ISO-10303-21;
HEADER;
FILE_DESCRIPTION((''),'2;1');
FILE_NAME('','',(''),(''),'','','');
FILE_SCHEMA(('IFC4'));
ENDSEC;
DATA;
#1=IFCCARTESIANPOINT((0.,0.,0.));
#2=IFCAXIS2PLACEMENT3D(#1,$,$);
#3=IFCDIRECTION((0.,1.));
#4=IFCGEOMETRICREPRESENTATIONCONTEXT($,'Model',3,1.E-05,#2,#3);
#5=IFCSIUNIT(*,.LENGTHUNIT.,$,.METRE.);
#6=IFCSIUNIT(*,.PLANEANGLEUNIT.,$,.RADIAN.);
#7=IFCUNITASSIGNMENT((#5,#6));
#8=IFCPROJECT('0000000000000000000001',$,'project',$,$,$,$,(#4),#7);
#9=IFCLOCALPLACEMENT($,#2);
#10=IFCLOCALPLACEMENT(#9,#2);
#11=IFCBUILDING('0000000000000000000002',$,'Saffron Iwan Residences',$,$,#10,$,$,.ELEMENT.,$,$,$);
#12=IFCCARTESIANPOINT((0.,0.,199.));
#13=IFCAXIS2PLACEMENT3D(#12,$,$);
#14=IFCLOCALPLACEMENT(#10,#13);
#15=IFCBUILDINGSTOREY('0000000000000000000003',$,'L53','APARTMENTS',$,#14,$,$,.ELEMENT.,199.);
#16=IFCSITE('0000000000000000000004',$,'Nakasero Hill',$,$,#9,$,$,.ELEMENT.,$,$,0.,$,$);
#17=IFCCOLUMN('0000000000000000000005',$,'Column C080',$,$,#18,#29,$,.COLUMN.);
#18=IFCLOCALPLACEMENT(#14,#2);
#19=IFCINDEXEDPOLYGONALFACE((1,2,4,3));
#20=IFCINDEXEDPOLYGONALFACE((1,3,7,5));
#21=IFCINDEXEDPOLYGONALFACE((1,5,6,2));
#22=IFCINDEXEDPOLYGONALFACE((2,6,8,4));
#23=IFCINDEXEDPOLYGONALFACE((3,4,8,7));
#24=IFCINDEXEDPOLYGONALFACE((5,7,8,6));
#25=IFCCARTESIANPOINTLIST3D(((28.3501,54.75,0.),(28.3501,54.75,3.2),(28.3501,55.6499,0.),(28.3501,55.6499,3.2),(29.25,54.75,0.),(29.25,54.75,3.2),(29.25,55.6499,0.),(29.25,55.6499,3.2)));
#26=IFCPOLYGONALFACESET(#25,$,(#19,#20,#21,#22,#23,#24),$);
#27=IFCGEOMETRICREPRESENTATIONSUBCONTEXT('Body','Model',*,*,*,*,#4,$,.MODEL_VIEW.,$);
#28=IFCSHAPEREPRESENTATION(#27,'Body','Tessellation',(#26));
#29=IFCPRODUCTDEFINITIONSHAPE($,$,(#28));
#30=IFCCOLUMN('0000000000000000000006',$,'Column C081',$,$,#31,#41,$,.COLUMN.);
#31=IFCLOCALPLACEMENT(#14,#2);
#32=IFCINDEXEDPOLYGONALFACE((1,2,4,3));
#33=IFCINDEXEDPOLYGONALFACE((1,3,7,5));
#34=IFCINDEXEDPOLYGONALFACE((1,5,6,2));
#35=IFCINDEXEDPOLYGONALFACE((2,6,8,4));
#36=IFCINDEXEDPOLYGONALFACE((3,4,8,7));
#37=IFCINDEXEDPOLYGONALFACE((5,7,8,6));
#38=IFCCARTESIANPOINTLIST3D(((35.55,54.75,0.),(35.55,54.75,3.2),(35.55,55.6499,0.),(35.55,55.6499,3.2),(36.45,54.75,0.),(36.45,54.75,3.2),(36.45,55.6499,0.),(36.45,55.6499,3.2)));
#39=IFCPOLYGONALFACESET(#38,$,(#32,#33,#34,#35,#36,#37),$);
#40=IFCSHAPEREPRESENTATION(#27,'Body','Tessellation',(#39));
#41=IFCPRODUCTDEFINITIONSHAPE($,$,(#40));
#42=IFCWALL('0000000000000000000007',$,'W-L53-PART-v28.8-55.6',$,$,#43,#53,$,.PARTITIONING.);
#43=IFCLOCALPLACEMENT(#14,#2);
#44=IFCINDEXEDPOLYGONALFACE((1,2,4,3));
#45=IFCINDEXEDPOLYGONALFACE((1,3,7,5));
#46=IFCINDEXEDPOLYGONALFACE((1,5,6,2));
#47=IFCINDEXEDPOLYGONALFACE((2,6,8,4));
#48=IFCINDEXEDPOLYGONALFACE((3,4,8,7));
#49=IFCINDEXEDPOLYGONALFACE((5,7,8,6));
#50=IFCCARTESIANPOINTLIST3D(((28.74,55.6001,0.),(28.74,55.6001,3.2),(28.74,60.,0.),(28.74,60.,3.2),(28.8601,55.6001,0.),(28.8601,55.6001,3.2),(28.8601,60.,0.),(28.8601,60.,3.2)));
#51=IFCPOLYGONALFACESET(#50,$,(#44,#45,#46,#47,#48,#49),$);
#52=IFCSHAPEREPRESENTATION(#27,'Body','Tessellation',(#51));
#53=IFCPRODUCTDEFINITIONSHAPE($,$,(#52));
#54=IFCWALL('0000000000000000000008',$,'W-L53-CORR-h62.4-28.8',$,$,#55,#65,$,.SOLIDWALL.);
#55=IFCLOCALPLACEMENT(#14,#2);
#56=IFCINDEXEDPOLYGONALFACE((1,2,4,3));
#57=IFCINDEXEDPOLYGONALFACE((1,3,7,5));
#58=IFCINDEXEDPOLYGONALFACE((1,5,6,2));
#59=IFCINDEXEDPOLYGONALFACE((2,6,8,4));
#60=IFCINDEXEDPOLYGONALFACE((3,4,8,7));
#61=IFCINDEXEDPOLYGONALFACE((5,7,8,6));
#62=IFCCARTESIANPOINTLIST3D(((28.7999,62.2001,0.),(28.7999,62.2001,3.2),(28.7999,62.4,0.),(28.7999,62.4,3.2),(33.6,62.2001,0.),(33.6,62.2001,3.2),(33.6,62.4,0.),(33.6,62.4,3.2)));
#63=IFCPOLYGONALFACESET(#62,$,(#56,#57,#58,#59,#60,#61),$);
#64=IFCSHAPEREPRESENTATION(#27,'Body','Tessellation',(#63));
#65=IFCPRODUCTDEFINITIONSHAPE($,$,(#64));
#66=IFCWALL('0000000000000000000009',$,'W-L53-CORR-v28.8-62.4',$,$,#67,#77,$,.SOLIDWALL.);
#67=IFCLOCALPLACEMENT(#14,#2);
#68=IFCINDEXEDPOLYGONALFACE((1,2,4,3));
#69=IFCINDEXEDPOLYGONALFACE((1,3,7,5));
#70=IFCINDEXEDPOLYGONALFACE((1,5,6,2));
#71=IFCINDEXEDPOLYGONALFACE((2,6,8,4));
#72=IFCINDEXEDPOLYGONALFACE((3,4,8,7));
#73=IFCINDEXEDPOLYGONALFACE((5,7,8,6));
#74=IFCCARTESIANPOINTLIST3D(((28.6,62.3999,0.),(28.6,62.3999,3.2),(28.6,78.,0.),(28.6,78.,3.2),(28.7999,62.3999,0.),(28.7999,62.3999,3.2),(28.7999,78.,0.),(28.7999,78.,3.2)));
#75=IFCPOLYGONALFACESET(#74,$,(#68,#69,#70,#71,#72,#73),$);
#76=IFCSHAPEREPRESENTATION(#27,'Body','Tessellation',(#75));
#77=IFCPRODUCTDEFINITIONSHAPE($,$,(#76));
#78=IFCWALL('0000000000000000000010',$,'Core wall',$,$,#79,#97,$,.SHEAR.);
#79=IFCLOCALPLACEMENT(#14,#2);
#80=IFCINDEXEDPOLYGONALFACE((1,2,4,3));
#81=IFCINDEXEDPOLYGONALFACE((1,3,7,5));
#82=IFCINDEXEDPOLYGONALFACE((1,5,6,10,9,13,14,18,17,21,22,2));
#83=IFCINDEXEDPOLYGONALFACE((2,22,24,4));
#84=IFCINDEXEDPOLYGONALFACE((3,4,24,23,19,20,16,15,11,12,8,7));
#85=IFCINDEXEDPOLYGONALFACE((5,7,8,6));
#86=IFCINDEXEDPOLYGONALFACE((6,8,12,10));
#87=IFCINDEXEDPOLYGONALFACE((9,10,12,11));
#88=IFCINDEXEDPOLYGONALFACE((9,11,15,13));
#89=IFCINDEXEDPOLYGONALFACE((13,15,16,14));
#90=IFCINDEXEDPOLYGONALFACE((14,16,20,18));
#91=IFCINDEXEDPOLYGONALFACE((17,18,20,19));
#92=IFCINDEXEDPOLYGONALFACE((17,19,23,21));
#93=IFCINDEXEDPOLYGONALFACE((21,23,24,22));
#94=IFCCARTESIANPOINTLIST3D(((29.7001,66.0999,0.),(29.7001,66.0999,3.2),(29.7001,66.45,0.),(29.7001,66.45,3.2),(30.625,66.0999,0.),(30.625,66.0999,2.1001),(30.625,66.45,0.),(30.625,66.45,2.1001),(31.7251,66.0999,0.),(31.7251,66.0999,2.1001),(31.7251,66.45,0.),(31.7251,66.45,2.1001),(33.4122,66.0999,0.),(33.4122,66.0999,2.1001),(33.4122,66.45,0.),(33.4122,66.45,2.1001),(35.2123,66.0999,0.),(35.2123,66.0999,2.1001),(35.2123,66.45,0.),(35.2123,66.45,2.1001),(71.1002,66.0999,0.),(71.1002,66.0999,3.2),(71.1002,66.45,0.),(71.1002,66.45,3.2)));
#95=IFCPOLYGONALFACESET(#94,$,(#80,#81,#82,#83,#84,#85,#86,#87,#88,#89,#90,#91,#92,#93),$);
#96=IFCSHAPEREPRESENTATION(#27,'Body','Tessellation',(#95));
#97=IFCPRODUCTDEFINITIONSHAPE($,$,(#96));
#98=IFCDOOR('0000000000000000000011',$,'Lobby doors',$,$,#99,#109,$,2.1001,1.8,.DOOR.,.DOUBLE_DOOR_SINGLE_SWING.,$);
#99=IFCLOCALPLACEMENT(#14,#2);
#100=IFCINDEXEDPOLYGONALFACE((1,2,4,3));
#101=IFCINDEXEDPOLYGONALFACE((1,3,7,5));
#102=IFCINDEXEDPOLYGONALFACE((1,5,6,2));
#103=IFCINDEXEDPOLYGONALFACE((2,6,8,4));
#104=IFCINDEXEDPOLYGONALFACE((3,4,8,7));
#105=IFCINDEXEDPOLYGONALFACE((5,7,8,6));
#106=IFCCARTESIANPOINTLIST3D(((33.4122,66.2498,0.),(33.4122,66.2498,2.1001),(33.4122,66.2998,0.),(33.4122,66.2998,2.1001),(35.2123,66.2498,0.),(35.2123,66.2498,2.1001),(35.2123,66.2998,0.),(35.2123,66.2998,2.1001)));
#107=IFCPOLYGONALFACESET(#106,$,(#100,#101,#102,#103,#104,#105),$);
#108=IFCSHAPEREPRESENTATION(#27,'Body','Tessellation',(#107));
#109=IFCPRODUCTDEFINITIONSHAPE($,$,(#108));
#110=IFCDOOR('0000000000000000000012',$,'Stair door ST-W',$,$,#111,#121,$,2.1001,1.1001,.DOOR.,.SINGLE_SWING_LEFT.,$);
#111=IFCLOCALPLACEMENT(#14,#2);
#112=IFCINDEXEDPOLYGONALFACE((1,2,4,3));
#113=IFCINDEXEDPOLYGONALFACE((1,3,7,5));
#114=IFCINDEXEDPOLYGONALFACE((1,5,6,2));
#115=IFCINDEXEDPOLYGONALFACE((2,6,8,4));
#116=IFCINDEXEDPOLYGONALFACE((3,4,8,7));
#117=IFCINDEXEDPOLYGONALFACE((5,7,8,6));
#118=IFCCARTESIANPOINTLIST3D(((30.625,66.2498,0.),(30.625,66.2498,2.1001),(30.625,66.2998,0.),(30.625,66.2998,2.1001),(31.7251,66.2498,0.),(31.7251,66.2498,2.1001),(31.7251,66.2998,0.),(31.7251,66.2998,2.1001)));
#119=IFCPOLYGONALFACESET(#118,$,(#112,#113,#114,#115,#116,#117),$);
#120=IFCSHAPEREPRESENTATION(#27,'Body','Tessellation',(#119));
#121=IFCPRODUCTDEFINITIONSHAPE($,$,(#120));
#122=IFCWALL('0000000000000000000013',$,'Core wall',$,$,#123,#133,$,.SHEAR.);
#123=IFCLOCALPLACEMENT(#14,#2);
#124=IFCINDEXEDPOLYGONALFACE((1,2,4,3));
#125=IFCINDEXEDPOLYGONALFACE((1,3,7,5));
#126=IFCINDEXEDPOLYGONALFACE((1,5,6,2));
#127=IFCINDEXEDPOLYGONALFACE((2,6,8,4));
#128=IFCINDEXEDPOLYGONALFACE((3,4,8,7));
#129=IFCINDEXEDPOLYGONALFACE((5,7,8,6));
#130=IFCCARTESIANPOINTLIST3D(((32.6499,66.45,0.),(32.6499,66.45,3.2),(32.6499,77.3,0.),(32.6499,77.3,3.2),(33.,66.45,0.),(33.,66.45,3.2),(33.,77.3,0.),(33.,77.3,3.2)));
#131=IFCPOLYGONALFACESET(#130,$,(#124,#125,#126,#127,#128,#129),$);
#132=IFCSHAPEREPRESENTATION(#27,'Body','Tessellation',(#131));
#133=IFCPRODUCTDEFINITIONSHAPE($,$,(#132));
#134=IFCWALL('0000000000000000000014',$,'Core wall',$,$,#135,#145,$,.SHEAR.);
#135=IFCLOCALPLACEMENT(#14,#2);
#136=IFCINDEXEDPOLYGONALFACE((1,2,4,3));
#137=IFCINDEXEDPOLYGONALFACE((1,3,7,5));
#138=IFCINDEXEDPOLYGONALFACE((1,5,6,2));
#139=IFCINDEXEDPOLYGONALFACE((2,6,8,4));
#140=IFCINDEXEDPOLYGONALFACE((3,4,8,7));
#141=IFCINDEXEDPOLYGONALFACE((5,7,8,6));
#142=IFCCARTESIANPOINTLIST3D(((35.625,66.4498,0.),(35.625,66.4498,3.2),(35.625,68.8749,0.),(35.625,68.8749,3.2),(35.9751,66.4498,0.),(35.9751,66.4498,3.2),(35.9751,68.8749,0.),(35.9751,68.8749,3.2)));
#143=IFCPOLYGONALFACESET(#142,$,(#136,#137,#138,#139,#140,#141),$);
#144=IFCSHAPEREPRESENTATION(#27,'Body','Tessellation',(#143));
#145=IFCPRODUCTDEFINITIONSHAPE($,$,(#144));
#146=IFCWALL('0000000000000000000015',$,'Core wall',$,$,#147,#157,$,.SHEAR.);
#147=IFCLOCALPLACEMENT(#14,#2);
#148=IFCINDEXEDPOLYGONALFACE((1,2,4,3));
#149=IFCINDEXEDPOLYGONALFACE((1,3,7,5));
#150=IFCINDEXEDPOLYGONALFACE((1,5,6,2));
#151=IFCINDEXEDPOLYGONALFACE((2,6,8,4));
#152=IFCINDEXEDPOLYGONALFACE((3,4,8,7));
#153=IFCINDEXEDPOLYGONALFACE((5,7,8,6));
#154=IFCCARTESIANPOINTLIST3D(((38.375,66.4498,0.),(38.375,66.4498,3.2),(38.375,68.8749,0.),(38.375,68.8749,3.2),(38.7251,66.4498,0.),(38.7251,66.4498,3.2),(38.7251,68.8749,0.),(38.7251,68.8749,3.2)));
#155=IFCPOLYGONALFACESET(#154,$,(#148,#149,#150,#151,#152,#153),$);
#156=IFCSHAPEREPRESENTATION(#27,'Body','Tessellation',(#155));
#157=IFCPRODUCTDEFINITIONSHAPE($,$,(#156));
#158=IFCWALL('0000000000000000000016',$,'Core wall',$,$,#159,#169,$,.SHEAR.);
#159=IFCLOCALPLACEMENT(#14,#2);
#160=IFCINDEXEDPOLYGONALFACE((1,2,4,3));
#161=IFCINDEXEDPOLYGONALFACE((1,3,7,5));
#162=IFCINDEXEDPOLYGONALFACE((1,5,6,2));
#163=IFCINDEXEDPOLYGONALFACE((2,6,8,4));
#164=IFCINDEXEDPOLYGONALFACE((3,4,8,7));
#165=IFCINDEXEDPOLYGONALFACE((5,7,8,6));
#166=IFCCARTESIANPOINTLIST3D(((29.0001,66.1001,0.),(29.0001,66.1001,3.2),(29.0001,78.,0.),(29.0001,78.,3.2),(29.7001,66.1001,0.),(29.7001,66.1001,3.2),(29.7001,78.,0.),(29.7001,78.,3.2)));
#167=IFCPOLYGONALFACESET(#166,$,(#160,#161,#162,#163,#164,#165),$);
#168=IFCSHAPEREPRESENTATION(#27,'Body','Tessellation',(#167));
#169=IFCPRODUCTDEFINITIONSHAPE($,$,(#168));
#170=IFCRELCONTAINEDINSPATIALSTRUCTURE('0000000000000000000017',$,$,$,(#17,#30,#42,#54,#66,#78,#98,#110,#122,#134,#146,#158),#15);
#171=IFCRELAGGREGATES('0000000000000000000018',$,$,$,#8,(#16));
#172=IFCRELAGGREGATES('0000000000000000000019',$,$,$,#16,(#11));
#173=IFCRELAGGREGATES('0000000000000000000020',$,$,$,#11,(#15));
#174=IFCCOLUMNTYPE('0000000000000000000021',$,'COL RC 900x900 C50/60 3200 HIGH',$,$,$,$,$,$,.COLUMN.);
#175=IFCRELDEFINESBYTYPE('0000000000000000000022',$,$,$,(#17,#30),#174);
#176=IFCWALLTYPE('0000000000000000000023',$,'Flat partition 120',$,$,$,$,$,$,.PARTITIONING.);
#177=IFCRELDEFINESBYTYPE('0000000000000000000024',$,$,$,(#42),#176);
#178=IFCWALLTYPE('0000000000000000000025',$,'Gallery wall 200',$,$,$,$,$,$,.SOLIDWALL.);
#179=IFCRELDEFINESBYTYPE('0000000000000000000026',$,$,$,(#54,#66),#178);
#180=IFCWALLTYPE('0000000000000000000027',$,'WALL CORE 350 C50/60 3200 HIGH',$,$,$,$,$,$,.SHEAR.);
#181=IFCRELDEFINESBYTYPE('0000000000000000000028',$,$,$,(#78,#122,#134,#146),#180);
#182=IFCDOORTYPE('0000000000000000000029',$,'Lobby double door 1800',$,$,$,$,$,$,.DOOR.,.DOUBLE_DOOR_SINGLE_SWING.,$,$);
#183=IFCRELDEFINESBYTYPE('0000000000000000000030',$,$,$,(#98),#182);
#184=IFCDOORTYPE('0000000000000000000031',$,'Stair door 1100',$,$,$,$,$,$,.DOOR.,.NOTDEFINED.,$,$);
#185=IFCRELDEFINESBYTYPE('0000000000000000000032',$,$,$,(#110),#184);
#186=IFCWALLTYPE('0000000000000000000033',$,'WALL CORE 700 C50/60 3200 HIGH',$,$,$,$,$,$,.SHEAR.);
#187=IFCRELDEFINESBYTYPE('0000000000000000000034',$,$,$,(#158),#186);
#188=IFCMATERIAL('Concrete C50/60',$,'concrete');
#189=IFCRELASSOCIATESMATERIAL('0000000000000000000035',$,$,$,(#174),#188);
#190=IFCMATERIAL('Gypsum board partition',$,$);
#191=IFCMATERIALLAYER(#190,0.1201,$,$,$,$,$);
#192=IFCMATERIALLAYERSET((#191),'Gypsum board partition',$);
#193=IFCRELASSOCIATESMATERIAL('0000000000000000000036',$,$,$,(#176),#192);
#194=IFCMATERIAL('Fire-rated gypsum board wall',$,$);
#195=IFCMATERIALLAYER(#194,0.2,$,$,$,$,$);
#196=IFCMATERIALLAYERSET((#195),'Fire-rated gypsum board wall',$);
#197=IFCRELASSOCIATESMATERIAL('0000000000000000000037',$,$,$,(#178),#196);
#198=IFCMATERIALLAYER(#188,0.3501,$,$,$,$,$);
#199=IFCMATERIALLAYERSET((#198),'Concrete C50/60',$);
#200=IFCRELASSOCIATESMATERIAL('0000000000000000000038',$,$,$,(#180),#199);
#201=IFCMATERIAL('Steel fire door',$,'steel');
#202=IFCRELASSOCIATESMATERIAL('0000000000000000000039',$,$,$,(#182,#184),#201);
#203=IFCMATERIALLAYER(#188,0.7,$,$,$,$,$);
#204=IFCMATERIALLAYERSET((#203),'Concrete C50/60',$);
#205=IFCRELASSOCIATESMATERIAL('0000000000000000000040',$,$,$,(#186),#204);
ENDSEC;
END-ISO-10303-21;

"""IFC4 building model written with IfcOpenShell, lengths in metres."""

from ifc_helpers import new_model, si_unit, direction, frame, frame_2d, origin, origin_2d, place, context, subcontext, project, spatial, rectangle, extrude, source, transform, mapped, material, layer, layer_set, material_profile, profile_set, type_object, element, fill, save


model = new_model("IFC4")

# Units and contexts
model_context = context("Model", 3, precision=1e-05, world=origin(), true_north=direction((0.0, 1.0)))
body_context = subcontext(model_context, "Body", "Model", "MODEL_VIEW")
ifc_project = project(units=[si_unit("LENGTHUNIT", "METRE"), si_unit("PLANEANGLEUNIT", "RADIAN")], contexts=[model_context])

# Site, building, storey
site_placement = place(None, origin())
site = spatial("IfcSite", under=ifc_project, at=site_placement, Name="Nakasero Hill", CompositionType="ELEMENT", RefElevation=0.0)
building_placement = place(site_placement, origin())
building = spatial("IfcBuilding", under=site, at=building_placement, Name="Saffron Iwan Residences", CompositionType="ELEMENT")
storey_placement = place(building_placement, frame((0.0, 0.0, 199.0)))
storey = spatial("IfcBuildingStorey", under=building, at=storey_placement, Name="L53", Description="APARTMENTS", CompositionType="ELEMENT", Elevation=199.0)

# Columns
ifc_material_1 = material(Name="Concrete C50/60", Category="concrete")
ifc_material_profile = material_profile(ifc_material_1, rectangle(XDim=0.8999, YDim=0.8999, at=origin_2d()), Name="RC 900x900")
ifc_profile_set = profile_set([ifc_material_profile], Name="Concrete C50/60")
column_type = type_object("IfcColumnType", Name="COL RC 900x900 C50/60 3200 HIGH", PredefinedType="COLUMN", material=ifc_profile_set)
shared_shape = source(origin(), body_context, "Body", "SweptSolid", [
    extrude(rectangle(XDim=0.8999, YDim=0.8999, at=origin_2d()), origin(), (0.0, 0.0, 1.0), 3.2),
])
for number, where, z_axis, x_axis, name in (
    (1, (28.8, 55.2, 0.0), (0.0, 0.0, 1.0), (1.0, 0.0, 0.0), "Column C080"),
    (2, (36.0, 55.2, 0.0), (0.0, 0.0, 1.0), (1.0, 0.0, 0.0), "Column C081"),
):
    element("IfcColumn", number, at=place(storey_placement, frame(where, z_axis=z_axis, x_axis=x_axis)), inside=storey, type_object=column_type, Name=name, PredefinedType="COLUMN", context=body_context, shape_type="MappedRepresentation", body=[
        mapped(shared_shape, transform((0.0, 0.0, 0.0))),
    ])

# Walls
ifc_material_2 = material(Name="Gypsum board partition")
ifc_layer_1 = layer(ifc_material_2, 0.1201)
ifc_layer_set_1 = layer_set([ifc_layer_1], Name="Gypsum board partition")
wall_type_1 = type_object("IfcWallType", Name="Flat partition 120", PredefinedType="PARTITIONING", material=ifc_layer_set_1)
wall_1_placement = place(storey_placement, frame((28.8, 55.6001, 0.0), z_axis=(0.0, 0.0, 1.0), x_axis=(0.0, 1.0, 0.0)))
element("IfcWall", 3, at=wall_1_placement, inside=storey, type_object=wall_type_1, Name="W-L53-PART-v28.8-55.6", PredefinedType="PARTITIONING", context=body_context, shape_type="SweptSolid", body=[
    extrude(rectangle(XDim=4.3999, YDim=0.1201, at=frame_2d((2.2, 0.0))), origin(), (0.0, 0.0, 1.0), 3.2),
])
ifc_material_3 = material(Name="Fire-rated gypsum board wall")
ifc_layer_2 = layer(ifc_material_3, 0.2)
ifc_layer_set_2 = layer_set([ifc_layer_2], Name="Fire-rated gypsum board wall")
wall_type_2 = type_object("IfcWallType", Name="Gallery wall 200", PredefinedType="SOLIDWALL", material=ifc_layer_set_2)
wall_2_placement = place(storey_placement, frame((28.8, 62.3, 0.0), z_axis=(0.0, 0.0, 1.0), x_axis=(1.0, 0.0, 0.0)))
element("IfcWall", 4, at=wall_2_placement, inside=storey, type_object=wall_type_2, Name="W-L53-CORR-h62.4-28.8", PredefinedType="SOLIDWALL", context=body_context, shape_type="SweptSolid", body=[
    extrude(rectangle(XDim=4.8, YDim=0.2, at=frame_2d((2.3999, 0.0))), origin(), (0.0, 0.0, 1.0), 3.2),
])
wall_3_placement = place(storey_placement, frame((28.7, 62.3999, 0.0), z_axis=(0.0, 0.0, 1.0), x_axis=(0.0, 1.0, 0.0)))
element("IfcWall", 5, at=wall_3_placement, inside=storey, type_object=wall_type_2, Name="W-L53-CORR-v28.8-62.4", PredefinedType="SOLIDWALL", context=body_context, shape_type="SweptSolid", body=[
    extrude(rectangle(XDim=15.6001, YDim=0.2, at=frame_2d((7.8, 0.0))), origin(), (0.0, 0.0, 1.0), 3.2),
])

# Wall, openings, doors
ifc_layer_3 = layer(ifc_material_1, 0.3501)
ifc_layer_set_3 = layer_set([ifc_layer_3], Name="Concrete C50/60")
wall_type_3 = type_object("IfcWallType", Name="WALL CORE 350 C50/60 3200 HIGH", PredefinedType="SHEAR", material=ifc_layer_set_3)
wall_4_placement = place(storey_placement, frame((29.7, 66.2749, 0.0), z_axis=(0.0, 0.0, 1.0), x_axis=(1.0, 0.0, 0.0)))
wall_4 = element("IfcWall", 6, at=wall_4_placement, inside=storey, type_object=wall_type_3, Name="Core wall", PredefinedType="SHEAR", context=body_context, shape_type="SweptSolid", body=[
    extrude(rectangle(XDim=41.4001, YDim=0.3501, at=frame_2d((20.7002, 0.0))), origin(), (0.0, 0.0, 1.0), 3.2),
])
opening_1_placement = place(wall_4_placement, frame((0.925, 0.0, 0.0)))
opening_1 = element("IfcOpeningElement", 7, at=opening_1_placement, cuts=wall_4, PredefinedType="OPENING", context=body_context, shape_type="SweptSolid", body=[
    extrude(rectangle(XDim=1.1001, YDim=2.1001, at=frame_2d((0.55, 1.05))), frame((0.0, 0.1851, 0.0), z_axis=(0.0, -1.0, 0.0), x_axis=(1.0, 0.0, 0.0)), (0.0, 0.0, 1.0), 0.3701),
])
opening_2_placement = place(wall_4_placement, frame((3.7124, 0.0, 0.0)))
opening_2 = element("IfcOpeningElement", 8, at=opening_2_placement, cuts=wall_4, PredefinedType="OPENING", context=body_context, shape_type="SweptSolid", body=[
    extrude(rectangle(XDim=1.8, YDim=2.1001, at=frame_2d((0.8999, 1.05))), frame((0.0, 0.1851, 0.0), z_axis=(0.0, -1.0, 0.0), x_axis=(1.0, 0.0, 0.0)), (0.0, 0.0, 1.0), 0.3701),
])
ifc_material_4 = material(Name="Steel fire door", Category="steel")
door_type_1 = type_object("IfcDoorType", Name="Lobby double door 1800", OperationType="DOUBLE_DOOR_SINGLE_SWING", PredefinedType="DOOR", material=ifc_material_4)
door_1_placement = place(opening_2_placement, origin())
door_1 = element("IfcDoor", 9, at=door_1_placement, inside=storey, type_object=door_type_1, Name="Lobby doors", OperationType="DOUBLE_DOOR_SINGLE_SWING", OverallHeight=2.1001, OverallWidth=1.8, PredefinedType="DOOR", context=body_context, shape_type="SweptSolid", body=[
    extrude(rectangle(XDim=1.8, YDim=2.1001, at=frame_2d((0.8999, 1.05))), frame((0.0, 0.0249, 0.0), z_axis=(0.0, -1.0, 0.0), x_axis=(1.0, 0.0, 0.0)), (0.0, 0.0, 1.0), 0.05),
])
fill(opening_2, door_1)
door_type_2 = type_object("IfcDoorType", Name="Stair door 1100", OperationType="NOTDEFINED", PredefinedType="DOOR", material=ifc_material_4)
door_2_placement = place(opening_1_placement, origin())
door_2 = element("IfcDoor", 10, at=door_2_placement, inside=storey, type_object=door_type_2, Name="Stair door ST-W", OperationType="SINGLE_SWING_LEFT", OverallHeight=2.1001, OverallWidth=1.1001, PredefinedType="DOOR", context=body_context, shape_type="SweptSolid", body=[
    extrude(rectangle(XDim=1.1001, YDim=2.1001, at=frame_2d((0.55, 1.05))), frame((0.0, 0.0249, 0.0), z_axis=(0.0, -1.0, 0.0), x_axis=(1.0, 0.0, 0.0)), (0.0, 0.0, 1.0), 0.05),
])
fill(opening_1, door_2)

# Walls
wall_5_placement = place(storey_placement, frame((32.825, 66.45, 0.0), z_axis=(0.0, 0.0, 1.0), x_axis=(0.0, 1.0, 0.0)))
element("IfcWall", 11, at=wall_5_placement, inside=storey, type_object=wall_type_3, Name="Core wall", PredefinedType="SHEAR", context=body_context, shape_type="SweptSolid", body=[
    extrude(rectangle(XDim=10.8501, YDim=0.3501, at=frame_2d((5.425, 0.0))), origin(), (0.0, 0.0, 1.0), 3.2),
])
for number, where, z_axis, x_axis, name in (
    (12, (35.8, 66.45, 0.0), (0.0, 0.0, 1.0), (0.0, 1.0, 0.0), "Core wall"),
    (13, (38.55, 66.45, 0.0), (0.0, 0.0, 1.0), (0.0, 1.0, 0.0), "Core wall"),
):
    element("IfcWall", number, at=place(storey_placement, frame(where, z_axis=z_axis, x_axis=x_axis)), inside=storey, type_object=wall_type_3, Name=name, PredefinedType="SHEAR", context=body_context, shape_type="SweptSolid", body=[
        extrude(rectangle(XDim=2.425, YDim=0.3501, at=frame_2d((1.2124, 0.0))), origin(), (0.0, 0.0, 1.0), 3.2),
    ])
ifc_layer_4 = layer(ifc_material_1, 0.7)
ifc_layer_set_4 = layer_set([ifc_layer_4], Name="Concrete C50/60")
wall_type_4 = type_object("IfcWallType", Name="WALL CORE 700 C50/60 3200 HIGH", PredefinedType="SHEAR", material=ifc_layer_set_4)
wall_6_placement = place(storey_placement, frame((29.3501, 66.1001, 0.0), z_axis=(0.0, 0.0, 1.0), x_axis=(0.0, 1.0, 0.0)))
element("IfcWall", 14, at=wall_6_placement, inside=storey, type_object=wall_type_4, Name="Core wall", PredefinedType="SHEAR", context=body_context, shape_type="SweptSolid", body=[
    extrude(rectangle(XDim=11.8999, YDim=0.7, at=frame_2d((5.95, 0.0))), origin(), (0.0, 0.0, 1.0), 3.2),
])

save(model, "model.ifc")
